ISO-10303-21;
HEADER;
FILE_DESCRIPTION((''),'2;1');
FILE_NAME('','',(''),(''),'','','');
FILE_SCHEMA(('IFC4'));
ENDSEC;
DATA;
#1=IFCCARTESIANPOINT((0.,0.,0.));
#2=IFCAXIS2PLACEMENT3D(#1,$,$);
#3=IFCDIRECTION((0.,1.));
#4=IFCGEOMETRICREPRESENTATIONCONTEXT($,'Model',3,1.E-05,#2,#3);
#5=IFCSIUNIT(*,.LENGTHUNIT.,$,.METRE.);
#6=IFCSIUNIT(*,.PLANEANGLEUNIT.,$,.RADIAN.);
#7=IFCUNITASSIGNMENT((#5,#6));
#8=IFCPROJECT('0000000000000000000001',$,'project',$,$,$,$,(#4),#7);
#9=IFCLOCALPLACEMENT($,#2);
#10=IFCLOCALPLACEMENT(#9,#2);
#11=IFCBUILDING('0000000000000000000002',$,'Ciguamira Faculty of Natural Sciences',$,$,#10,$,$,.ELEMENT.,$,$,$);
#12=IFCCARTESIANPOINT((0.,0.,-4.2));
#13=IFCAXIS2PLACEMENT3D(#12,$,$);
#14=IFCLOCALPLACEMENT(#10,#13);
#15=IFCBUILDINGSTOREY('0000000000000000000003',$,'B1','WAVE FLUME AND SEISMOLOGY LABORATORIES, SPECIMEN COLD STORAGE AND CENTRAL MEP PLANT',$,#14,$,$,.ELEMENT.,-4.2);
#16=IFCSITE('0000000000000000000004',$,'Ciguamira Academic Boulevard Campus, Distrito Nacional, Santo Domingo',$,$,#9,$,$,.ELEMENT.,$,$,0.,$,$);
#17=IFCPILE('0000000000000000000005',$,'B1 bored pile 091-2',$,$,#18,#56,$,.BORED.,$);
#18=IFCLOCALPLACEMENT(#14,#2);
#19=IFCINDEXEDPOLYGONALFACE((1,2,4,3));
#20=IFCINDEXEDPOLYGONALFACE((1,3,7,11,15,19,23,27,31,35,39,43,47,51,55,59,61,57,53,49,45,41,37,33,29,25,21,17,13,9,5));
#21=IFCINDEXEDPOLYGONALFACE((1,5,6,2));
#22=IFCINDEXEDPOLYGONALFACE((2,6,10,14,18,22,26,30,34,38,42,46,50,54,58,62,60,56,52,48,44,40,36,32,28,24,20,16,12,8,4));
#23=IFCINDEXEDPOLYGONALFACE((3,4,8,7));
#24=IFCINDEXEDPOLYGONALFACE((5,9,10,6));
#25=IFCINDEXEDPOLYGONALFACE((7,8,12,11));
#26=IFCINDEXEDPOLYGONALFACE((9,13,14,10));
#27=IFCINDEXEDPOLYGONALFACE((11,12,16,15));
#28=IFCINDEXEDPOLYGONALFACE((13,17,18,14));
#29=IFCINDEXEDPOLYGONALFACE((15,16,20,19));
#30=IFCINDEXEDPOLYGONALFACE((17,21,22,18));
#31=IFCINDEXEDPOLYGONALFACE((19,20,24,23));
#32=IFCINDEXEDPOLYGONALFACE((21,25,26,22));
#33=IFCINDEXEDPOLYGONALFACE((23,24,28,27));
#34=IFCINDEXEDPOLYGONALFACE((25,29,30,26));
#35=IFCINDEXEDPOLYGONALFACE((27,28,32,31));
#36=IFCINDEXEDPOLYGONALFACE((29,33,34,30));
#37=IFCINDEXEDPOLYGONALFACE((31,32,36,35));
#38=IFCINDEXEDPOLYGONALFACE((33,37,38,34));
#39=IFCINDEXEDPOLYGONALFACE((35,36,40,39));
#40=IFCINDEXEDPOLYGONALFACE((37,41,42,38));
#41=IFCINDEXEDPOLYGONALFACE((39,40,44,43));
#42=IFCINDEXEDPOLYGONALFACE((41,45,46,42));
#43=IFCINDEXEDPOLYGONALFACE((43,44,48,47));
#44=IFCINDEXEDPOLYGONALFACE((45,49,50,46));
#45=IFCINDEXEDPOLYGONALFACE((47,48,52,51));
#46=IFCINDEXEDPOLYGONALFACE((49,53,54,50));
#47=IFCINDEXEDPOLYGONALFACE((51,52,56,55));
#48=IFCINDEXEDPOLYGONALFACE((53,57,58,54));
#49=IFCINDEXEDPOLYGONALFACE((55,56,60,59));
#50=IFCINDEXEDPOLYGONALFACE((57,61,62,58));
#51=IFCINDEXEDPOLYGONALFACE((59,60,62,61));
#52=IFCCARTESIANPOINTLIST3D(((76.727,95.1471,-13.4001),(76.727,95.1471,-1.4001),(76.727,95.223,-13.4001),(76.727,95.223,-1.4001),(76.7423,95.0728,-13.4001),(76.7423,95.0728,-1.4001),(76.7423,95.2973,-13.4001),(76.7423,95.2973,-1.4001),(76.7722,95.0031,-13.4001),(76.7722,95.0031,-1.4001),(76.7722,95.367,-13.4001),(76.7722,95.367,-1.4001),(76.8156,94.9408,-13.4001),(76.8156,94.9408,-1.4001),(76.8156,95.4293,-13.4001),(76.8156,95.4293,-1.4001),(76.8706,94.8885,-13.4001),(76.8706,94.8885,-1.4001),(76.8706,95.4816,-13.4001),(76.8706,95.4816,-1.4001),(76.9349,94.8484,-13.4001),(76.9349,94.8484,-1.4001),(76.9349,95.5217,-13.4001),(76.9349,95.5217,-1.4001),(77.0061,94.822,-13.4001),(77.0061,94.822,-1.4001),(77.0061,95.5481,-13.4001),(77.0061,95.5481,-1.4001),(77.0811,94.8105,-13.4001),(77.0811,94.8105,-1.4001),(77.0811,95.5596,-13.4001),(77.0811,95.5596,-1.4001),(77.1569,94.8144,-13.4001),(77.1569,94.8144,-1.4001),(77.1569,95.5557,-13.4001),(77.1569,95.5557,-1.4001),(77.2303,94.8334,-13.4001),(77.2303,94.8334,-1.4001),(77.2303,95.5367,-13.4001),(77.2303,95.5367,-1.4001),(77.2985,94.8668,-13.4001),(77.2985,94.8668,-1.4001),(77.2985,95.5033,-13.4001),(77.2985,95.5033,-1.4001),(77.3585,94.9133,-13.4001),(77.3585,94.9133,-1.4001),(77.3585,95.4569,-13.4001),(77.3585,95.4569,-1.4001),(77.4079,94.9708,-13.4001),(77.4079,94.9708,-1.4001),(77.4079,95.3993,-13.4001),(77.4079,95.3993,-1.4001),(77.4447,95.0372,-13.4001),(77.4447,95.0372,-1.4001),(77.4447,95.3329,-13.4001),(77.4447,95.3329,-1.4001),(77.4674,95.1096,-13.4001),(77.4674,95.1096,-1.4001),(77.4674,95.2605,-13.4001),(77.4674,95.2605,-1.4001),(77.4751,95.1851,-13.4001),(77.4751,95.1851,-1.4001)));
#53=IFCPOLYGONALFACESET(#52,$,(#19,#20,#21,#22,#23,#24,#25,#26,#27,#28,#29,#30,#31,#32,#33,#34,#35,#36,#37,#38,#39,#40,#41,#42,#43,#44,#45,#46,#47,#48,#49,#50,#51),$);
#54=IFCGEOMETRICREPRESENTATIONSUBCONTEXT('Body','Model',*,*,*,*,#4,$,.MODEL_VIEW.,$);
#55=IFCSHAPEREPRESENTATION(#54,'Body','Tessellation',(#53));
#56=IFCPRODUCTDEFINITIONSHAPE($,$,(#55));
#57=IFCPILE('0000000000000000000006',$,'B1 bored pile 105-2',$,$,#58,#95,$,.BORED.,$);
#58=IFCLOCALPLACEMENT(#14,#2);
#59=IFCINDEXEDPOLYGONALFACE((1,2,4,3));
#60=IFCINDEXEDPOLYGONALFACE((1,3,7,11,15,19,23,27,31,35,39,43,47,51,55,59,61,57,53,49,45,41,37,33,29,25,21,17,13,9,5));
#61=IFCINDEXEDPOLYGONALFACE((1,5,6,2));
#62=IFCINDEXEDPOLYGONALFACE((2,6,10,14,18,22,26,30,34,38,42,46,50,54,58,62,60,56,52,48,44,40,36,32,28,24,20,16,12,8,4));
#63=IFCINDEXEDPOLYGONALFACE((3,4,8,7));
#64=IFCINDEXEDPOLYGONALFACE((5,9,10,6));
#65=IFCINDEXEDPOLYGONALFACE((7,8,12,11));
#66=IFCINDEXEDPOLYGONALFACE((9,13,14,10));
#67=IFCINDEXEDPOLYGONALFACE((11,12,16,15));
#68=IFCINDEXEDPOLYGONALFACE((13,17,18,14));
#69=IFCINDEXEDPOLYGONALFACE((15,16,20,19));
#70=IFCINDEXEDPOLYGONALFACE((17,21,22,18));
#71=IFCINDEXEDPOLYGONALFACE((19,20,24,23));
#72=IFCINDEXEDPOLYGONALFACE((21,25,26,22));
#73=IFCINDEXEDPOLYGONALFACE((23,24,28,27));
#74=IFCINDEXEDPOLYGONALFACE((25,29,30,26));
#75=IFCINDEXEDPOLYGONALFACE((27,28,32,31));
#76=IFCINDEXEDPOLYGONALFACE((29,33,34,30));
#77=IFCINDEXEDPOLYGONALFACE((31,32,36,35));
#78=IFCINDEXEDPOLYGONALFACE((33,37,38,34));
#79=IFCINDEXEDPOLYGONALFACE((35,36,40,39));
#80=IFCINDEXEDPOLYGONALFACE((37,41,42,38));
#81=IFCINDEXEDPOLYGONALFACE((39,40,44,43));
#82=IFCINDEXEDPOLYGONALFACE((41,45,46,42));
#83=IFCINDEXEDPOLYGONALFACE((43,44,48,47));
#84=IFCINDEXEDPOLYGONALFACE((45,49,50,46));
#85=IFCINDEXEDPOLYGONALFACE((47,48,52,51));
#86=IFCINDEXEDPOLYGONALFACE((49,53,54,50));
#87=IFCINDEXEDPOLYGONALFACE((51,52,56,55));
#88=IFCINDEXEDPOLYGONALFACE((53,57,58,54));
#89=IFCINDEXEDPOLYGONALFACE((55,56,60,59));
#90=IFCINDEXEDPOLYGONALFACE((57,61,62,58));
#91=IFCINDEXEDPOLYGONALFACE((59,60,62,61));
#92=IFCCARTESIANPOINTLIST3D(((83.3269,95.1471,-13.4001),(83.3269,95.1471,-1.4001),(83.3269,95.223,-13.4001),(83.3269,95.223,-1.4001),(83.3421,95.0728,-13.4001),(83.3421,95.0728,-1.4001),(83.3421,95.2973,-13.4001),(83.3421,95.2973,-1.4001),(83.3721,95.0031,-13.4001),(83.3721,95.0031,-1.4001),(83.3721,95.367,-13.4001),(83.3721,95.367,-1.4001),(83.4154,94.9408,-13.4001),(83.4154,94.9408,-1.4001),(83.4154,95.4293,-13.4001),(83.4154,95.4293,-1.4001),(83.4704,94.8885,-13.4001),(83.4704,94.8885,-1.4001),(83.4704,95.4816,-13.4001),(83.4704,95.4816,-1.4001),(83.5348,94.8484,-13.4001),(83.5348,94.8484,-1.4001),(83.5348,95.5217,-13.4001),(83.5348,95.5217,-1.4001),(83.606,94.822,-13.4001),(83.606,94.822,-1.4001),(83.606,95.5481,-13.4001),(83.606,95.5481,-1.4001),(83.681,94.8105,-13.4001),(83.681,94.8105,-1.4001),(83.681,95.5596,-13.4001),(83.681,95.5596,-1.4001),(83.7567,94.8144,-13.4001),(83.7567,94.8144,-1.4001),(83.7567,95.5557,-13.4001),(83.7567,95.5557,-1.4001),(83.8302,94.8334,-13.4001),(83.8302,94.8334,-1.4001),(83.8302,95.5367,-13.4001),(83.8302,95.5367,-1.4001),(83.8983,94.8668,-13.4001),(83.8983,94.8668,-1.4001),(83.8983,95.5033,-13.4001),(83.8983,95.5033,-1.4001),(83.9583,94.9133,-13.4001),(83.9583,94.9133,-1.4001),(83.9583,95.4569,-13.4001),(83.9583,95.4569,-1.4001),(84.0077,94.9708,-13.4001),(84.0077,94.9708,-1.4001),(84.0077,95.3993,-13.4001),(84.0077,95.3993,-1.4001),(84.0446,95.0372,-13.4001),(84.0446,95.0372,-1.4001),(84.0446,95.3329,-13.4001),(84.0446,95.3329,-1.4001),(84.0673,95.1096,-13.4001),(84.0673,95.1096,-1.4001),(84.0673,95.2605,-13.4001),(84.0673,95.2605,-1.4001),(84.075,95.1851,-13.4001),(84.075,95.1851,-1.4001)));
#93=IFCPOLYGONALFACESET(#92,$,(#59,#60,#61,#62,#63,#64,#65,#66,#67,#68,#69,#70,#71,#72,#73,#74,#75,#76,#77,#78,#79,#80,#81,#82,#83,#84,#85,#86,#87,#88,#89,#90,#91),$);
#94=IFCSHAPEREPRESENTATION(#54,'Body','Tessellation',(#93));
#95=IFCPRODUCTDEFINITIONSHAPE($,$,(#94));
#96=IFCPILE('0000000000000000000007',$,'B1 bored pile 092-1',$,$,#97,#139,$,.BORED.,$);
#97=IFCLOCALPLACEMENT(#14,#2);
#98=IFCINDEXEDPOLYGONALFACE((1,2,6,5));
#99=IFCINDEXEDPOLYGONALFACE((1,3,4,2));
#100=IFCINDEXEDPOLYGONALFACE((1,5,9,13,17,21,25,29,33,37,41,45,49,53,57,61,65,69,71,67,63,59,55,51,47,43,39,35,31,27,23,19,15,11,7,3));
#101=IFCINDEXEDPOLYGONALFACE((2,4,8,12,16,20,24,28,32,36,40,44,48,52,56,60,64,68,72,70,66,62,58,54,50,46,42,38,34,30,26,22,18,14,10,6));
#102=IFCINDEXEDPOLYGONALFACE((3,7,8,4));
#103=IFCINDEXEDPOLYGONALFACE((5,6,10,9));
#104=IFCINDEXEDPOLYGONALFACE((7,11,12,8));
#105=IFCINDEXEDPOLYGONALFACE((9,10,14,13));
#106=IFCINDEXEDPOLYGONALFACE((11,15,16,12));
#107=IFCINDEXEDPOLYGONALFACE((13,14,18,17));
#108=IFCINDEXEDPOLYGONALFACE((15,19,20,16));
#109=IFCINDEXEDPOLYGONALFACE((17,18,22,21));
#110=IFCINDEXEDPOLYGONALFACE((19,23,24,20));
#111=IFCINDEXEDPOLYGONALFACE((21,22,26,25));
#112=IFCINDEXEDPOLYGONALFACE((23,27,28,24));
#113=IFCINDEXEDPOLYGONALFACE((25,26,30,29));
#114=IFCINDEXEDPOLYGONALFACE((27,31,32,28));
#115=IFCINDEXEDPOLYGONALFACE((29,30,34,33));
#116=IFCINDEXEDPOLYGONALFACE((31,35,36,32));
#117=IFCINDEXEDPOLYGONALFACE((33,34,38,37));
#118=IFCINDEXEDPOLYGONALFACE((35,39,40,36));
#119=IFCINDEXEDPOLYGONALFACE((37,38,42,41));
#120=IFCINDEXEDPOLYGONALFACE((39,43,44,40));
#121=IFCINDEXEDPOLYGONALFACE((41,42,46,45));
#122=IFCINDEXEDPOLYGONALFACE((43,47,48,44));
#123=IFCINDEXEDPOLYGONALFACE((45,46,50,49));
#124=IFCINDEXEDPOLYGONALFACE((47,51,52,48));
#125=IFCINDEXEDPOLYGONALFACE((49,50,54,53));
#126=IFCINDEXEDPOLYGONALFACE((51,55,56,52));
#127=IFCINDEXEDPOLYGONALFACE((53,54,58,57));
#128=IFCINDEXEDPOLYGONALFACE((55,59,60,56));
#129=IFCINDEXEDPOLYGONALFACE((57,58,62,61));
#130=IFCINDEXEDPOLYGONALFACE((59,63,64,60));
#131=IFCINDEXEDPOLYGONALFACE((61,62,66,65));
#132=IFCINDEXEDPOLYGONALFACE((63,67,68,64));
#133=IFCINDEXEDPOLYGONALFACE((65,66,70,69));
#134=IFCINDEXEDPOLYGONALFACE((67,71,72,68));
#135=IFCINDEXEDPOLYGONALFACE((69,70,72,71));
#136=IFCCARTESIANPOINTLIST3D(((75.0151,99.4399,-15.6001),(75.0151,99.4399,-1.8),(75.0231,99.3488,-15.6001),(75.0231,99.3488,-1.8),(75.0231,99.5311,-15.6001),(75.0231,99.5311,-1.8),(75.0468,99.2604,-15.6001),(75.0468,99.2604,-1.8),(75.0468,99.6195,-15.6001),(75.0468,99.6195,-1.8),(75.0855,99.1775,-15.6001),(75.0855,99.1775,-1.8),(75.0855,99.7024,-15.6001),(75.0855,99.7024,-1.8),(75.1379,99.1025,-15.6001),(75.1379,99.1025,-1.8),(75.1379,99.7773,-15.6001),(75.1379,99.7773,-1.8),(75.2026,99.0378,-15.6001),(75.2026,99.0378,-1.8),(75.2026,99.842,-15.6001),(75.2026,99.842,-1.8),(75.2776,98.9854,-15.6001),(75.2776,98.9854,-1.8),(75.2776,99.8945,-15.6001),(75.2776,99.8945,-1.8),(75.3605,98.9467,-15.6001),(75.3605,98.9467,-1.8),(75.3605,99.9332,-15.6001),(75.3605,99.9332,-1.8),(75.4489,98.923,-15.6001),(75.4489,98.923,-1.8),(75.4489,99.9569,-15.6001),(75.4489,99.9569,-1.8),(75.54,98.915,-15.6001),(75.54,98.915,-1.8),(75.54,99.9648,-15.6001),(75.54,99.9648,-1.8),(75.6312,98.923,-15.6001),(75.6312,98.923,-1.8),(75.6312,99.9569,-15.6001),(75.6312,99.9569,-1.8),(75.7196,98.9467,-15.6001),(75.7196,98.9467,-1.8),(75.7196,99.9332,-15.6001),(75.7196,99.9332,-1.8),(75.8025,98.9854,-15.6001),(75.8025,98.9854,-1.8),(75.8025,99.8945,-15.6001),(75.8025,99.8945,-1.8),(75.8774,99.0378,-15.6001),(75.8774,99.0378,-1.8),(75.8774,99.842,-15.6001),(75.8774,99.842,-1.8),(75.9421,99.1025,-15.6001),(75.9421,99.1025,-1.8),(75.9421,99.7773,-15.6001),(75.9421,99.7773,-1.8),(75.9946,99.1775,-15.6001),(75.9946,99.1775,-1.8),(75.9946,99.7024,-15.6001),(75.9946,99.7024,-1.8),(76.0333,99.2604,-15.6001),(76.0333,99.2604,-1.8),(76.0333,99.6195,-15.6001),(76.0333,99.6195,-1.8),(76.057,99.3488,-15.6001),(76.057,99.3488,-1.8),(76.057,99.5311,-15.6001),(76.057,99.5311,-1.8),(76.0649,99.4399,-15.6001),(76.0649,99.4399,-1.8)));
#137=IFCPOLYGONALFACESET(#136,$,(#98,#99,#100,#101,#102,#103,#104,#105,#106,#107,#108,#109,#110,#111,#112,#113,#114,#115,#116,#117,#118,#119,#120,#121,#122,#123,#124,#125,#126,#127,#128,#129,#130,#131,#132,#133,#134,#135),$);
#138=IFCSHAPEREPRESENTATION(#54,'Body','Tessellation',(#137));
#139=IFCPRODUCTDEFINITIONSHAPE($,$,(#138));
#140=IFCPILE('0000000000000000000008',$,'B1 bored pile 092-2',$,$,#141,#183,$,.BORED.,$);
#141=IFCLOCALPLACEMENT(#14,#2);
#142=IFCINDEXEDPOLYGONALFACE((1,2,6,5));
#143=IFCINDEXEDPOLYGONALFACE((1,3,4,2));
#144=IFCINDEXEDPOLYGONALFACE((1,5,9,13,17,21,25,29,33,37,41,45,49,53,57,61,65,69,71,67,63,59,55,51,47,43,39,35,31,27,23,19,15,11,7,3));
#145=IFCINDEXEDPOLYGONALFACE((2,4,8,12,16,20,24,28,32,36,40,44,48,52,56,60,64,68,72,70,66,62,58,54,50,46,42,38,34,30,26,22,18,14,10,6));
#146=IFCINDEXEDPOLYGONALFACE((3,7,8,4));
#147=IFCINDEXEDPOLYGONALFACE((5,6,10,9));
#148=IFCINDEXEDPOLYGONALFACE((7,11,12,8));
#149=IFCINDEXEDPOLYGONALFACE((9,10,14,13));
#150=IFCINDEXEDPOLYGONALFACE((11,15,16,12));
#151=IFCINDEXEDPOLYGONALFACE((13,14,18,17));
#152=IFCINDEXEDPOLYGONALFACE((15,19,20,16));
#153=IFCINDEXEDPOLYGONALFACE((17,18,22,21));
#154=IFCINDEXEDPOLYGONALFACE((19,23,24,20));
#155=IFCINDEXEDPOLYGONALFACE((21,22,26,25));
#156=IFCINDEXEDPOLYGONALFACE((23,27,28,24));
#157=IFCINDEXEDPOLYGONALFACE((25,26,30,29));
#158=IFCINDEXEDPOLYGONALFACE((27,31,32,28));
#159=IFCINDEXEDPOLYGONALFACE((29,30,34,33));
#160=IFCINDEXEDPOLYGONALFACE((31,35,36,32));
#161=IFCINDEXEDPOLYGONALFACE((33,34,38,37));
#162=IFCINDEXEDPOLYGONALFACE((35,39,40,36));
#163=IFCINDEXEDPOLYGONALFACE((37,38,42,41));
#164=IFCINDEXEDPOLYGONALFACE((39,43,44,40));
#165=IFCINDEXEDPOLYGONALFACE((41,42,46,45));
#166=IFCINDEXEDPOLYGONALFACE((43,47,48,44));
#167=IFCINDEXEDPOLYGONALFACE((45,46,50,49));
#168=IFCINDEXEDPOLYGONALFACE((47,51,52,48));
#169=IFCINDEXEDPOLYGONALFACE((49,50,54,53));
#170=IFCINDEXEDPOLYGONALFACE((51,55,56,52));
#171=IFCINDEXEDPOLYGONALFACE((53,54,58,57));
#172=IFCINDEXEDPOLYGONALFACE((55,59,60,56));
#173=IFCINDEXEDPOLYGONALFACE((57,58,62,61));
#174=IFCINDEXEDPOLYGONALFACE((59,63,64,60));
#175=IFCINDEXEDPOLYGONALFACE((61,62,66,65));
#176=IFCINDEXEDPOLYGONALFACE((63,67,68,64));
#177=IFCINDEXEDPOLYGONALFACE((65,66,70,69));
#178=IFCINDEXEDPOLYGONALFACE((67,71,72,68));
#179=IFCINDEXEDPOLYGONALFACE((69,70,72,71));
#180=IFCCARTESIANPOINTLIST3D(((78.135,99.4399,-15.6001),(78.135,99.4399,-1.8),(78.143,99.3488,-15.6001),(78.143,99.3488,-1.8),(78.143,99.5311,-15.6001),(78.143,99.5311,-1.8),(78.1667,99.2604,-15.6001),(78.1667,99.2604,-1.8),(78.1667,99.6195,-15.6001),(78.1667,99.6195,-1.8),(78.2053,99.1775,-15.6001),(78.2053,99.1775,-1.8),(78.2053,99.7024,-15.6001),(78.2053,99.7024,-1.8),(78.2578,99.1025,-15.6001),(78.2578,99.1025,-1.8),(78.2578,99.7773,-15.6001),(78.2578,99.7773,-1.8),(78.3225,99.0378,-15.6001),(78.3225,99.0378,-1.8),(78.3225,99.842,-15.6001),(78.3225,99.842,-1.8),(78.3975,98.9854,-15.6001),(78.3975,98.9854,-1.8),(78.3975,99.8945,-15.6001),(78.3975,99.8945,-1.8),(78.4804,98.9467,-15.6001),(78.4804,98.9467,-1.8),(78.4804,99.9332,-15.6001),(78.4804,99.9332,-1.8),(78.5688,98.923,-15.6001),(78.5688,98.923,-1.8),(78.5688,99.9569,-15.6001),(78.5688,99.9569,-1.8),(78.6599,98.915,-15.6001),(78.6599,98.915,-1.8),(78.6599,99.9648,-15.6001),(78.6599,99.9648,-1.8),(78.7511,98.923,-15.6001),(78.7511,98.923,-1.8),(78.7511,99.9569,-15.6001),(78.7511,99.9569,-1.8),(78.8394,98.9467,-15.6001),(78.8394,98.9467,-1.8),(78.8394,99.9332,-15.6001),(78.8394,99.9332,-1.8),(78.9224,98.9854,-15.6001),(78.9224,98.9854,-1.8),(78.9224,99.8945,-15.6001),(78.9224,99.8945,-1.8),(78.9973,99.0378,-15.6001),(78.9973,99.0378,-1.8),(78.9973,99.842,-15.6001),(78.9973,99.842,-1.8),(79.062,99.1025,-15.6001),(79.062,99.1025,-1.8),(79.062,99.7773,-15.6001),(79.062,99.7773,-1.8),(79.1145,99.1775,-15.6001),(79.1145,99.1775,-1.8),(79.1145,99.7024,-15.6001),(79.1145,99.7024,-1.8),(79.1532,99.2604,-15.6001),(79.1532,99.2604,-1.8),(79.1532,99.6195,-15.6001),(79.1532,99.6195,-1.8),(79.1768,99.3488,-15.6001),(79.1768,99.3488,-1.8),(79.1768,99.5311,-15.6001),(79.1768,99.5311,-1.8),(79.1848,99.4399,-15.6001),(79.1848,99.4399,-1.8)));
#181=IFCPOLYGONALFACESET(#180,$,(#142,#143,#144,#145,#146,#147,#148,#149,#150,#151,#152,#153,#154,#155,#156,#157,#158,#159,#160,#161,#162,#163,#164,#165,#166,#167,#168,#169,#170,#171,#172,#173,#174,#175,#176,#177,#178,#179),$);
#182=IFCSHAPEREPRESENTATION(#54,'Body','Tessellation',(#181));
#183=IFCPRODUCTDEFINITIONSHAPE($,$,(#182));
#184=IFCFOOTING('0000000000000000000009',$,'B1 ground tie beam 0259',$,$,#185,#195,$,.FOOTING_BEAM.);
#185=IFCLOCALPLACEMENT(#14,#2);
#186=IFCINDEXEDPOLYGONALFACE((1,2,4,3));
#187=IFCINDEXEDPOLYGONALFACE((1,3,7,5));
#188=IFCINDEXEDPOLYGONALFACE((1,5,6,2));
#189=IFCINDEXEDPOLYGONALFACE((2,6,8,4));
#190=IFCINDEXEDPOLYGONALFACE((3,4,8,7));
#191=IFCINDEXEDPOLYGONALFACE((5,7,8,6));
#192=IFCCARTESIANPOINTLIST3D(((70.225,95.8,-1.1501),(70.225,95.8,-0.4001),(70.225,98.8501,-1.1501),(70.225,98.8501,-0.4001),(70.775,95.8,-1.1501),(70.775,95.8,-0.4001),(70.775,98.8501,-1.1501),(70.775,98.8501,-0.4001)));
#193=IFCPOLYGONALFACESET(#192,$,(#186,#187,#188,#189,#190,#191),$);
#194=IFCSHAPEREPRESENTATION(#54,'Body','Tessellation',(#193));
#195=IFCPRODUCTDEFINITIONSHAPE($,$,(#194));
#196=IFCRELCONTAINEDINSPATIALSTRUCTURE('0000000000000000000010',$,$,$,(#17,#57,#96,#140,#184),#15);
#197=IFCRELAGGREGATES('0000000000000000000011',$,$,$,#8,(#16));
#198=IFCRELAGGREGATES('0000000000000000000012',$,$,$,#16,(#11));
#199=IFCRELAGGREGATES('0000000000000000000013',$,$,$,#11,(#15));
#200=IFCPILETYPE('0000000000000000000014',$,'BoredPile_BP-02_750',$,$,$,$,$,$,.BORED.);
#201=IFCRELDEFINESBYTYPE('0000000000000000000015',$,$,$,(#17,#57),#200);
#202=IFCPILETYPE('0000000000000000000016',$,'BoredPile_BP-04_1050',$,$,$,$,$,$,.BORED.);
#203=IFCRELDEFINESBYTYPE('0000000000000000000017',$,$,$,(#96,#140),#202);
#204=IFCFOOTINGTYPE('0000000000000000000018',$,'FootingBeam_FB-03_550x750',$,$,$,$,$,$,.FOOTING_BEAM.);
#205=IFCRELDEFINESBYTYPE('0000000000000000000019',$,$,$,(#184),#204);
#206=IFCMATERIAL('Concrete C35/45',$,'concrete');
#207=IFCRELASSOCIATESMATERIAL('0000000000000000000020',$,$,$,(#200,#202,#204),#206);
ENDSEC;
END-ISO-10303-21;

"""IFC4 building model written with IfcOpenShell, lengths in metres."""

from ifc_helpers import new_model, si_unit, direction, frame, origin, origin_2d, place, context, subcontext, project, spatial, rectangle, circle, extrude, material, material_profile, profile_set, type_object, element, save


model = new_model("IFC4")

# Units and contexts
model_context = context("Model", 3, precision=1e-05, world=origin(), true_north=direction((0.0, 1.0)))
body_context = subcontext(model_context, "Body", "Model", "MODEL_VIEW")
ifc_project = project(units=[si_unit("LENGTHUNIT", "METRE"), si_unit("PLANEANGLEUNIT", "RADIAN")], contexts=[model_context])

# Site, building, storey
site_placement = place(None, origin())
site = spatial("IfcSite", under=ifc_project, at=site_placement, Name="Ciguamira Academic Boulevard Campus, Distrito Nacional, Santo Domingo", CompositionType="ELEMENT", RefElevation=0.0)
building_placement = place(site_placement, origin())
building = spatial("IfcBuilding", under=site, at=building_placement, Name="Ciguamira Faculty of Natural Sciences", CompositionType="ELEMENT")
storey_placement = place(building_placement, frame((0.0, 0.0, -4.2)))
storey = spatial("IfcBuildingStorey", under=building, at=storey_placement, Name="B1", Description="WAVE FLUME AND SEISMOLOGY LABORATORIES, SPECIMEN COLD STORAGE AND CENTRAL MEP PLANT", CompositionType="ELEMENT", Elevation=-4.2)

# Piles
ifc_material_1 = material(Name="Concrete C35/45", Category="concrete")
ifc_material_profile_1 = material_profile(ifc_material_1, circle(Radius=0.375, at=origin_2d()), Name="PILE-BORED-750")
ifc_profile_set_1 = profile_set([ifc_material_profile_1], Name="Concrete C35/45")
pile_type_1 = type_object("IfcPileType", Name="BoredPile_BP-02_750", PredefinedType="BORED", material=ifc_profile_set_1)
for number, where, z_axis, x_axis, name in (
    (1, (77.1001, 95.1851, -1.4001), (0.0, 0.0, -1.0), (1.0, 0.0, 0.0), "B1 bored pile 091-2"),
    (2, (83.7, 95.1851, -1.4001), (0.0, 0.0, -1.0), (1.0, 0.0, 0.0), "B1 bored pile 105-2"),
):
    element("IfcPile", number, at=place(storey_placement, frame(where, z_axis=z_axis, x_axis=x_axis)), inside=storey, type_object=pile_type_1, Name=name, PredefinedType="BORED", context=body_context, shape_type="SweptSolid", body=[
        extrude(circle(Radius=0.375, at=origin_2d()), origin(), (0.0, 0.0, 1.0), 12.0),
    ])
ifc_material_profile_2 = material_profile(ifc_material_1, circle(Radius=0.5249, at=origin_2d()), Name="PILE-BORED-1050")
ifc_profile_set_2 = profile_set([ifc_material_profile_2], Name="Concrete C35/45")
pile_type_2 = type_object("IfcPileType", Name="BoredPile_BP-04_1050", PredefinedType="BORED", material=ifc_profile_set_2)
for number, where, z_axis, x_axis, name in (
    (3, (75.54, 99.4399, -1.8), (0.0, 0.0, -1.0), (1.0, 0.0, 0.0), "B1 bored pile 092-1"),
    (4, (78.6599, 99.4399, -1.8), (0.0, 0.0, -1.0), (1.0, 0.0, 0.0), "B1 bored pile 092-2"),
):
    element("IfcPile", number, at=place(storey_placement, frame(where, z_axis=z_axis, x_axis=x_axis)), inside=storey, type_object=pile_type_2, Name=name, PredefinedType="BORED", context=body_context, shape_type="SweptSolid", body=[
        extrude(circle(Radius=0.5249, at=origin_2d()), origin(), (0.0, 0.0, 1.0), 13.8),
    ])

# Footing
ifc_material_profile_3 = material_profile(ifc_material_1, rectangle(XDim=0.55, YDim=0.75, at=origin_2d()), Name="RC-FB-550X750")
ifc_profile_set_3 = profile_set([ifc_material_profile_3], Name="Concrete C35/45")
footing_type = type_object("IfcFootingType", Name="FootingBeam_FB-03_550x750", PredefinedType="FOOTING_BEAM", material=ifc_profile_set_3)
footing_1_placement = place(storey_placement, frame((70.5, 95.8, -0.7751), z_axis=(0.0, 1.0, 0.0), x_axis=(-1.0, 0.0, 0.0)))
element("IfcFooting", 5, at=footing_1_placement, inside=storey, type_object=footing_type, Name="B1 ground tie beam 0259", PredefinedType="FOOTING_BEAM", context=body_context, shape_type="SweptSolid", body=[
    extrude(rectangle(XDim=0.55, YDim=0.75, at=origin_2d()), origin(), (0.0, 0.0, 1.0), 3.05),
])

save(model, "model.ifc")
